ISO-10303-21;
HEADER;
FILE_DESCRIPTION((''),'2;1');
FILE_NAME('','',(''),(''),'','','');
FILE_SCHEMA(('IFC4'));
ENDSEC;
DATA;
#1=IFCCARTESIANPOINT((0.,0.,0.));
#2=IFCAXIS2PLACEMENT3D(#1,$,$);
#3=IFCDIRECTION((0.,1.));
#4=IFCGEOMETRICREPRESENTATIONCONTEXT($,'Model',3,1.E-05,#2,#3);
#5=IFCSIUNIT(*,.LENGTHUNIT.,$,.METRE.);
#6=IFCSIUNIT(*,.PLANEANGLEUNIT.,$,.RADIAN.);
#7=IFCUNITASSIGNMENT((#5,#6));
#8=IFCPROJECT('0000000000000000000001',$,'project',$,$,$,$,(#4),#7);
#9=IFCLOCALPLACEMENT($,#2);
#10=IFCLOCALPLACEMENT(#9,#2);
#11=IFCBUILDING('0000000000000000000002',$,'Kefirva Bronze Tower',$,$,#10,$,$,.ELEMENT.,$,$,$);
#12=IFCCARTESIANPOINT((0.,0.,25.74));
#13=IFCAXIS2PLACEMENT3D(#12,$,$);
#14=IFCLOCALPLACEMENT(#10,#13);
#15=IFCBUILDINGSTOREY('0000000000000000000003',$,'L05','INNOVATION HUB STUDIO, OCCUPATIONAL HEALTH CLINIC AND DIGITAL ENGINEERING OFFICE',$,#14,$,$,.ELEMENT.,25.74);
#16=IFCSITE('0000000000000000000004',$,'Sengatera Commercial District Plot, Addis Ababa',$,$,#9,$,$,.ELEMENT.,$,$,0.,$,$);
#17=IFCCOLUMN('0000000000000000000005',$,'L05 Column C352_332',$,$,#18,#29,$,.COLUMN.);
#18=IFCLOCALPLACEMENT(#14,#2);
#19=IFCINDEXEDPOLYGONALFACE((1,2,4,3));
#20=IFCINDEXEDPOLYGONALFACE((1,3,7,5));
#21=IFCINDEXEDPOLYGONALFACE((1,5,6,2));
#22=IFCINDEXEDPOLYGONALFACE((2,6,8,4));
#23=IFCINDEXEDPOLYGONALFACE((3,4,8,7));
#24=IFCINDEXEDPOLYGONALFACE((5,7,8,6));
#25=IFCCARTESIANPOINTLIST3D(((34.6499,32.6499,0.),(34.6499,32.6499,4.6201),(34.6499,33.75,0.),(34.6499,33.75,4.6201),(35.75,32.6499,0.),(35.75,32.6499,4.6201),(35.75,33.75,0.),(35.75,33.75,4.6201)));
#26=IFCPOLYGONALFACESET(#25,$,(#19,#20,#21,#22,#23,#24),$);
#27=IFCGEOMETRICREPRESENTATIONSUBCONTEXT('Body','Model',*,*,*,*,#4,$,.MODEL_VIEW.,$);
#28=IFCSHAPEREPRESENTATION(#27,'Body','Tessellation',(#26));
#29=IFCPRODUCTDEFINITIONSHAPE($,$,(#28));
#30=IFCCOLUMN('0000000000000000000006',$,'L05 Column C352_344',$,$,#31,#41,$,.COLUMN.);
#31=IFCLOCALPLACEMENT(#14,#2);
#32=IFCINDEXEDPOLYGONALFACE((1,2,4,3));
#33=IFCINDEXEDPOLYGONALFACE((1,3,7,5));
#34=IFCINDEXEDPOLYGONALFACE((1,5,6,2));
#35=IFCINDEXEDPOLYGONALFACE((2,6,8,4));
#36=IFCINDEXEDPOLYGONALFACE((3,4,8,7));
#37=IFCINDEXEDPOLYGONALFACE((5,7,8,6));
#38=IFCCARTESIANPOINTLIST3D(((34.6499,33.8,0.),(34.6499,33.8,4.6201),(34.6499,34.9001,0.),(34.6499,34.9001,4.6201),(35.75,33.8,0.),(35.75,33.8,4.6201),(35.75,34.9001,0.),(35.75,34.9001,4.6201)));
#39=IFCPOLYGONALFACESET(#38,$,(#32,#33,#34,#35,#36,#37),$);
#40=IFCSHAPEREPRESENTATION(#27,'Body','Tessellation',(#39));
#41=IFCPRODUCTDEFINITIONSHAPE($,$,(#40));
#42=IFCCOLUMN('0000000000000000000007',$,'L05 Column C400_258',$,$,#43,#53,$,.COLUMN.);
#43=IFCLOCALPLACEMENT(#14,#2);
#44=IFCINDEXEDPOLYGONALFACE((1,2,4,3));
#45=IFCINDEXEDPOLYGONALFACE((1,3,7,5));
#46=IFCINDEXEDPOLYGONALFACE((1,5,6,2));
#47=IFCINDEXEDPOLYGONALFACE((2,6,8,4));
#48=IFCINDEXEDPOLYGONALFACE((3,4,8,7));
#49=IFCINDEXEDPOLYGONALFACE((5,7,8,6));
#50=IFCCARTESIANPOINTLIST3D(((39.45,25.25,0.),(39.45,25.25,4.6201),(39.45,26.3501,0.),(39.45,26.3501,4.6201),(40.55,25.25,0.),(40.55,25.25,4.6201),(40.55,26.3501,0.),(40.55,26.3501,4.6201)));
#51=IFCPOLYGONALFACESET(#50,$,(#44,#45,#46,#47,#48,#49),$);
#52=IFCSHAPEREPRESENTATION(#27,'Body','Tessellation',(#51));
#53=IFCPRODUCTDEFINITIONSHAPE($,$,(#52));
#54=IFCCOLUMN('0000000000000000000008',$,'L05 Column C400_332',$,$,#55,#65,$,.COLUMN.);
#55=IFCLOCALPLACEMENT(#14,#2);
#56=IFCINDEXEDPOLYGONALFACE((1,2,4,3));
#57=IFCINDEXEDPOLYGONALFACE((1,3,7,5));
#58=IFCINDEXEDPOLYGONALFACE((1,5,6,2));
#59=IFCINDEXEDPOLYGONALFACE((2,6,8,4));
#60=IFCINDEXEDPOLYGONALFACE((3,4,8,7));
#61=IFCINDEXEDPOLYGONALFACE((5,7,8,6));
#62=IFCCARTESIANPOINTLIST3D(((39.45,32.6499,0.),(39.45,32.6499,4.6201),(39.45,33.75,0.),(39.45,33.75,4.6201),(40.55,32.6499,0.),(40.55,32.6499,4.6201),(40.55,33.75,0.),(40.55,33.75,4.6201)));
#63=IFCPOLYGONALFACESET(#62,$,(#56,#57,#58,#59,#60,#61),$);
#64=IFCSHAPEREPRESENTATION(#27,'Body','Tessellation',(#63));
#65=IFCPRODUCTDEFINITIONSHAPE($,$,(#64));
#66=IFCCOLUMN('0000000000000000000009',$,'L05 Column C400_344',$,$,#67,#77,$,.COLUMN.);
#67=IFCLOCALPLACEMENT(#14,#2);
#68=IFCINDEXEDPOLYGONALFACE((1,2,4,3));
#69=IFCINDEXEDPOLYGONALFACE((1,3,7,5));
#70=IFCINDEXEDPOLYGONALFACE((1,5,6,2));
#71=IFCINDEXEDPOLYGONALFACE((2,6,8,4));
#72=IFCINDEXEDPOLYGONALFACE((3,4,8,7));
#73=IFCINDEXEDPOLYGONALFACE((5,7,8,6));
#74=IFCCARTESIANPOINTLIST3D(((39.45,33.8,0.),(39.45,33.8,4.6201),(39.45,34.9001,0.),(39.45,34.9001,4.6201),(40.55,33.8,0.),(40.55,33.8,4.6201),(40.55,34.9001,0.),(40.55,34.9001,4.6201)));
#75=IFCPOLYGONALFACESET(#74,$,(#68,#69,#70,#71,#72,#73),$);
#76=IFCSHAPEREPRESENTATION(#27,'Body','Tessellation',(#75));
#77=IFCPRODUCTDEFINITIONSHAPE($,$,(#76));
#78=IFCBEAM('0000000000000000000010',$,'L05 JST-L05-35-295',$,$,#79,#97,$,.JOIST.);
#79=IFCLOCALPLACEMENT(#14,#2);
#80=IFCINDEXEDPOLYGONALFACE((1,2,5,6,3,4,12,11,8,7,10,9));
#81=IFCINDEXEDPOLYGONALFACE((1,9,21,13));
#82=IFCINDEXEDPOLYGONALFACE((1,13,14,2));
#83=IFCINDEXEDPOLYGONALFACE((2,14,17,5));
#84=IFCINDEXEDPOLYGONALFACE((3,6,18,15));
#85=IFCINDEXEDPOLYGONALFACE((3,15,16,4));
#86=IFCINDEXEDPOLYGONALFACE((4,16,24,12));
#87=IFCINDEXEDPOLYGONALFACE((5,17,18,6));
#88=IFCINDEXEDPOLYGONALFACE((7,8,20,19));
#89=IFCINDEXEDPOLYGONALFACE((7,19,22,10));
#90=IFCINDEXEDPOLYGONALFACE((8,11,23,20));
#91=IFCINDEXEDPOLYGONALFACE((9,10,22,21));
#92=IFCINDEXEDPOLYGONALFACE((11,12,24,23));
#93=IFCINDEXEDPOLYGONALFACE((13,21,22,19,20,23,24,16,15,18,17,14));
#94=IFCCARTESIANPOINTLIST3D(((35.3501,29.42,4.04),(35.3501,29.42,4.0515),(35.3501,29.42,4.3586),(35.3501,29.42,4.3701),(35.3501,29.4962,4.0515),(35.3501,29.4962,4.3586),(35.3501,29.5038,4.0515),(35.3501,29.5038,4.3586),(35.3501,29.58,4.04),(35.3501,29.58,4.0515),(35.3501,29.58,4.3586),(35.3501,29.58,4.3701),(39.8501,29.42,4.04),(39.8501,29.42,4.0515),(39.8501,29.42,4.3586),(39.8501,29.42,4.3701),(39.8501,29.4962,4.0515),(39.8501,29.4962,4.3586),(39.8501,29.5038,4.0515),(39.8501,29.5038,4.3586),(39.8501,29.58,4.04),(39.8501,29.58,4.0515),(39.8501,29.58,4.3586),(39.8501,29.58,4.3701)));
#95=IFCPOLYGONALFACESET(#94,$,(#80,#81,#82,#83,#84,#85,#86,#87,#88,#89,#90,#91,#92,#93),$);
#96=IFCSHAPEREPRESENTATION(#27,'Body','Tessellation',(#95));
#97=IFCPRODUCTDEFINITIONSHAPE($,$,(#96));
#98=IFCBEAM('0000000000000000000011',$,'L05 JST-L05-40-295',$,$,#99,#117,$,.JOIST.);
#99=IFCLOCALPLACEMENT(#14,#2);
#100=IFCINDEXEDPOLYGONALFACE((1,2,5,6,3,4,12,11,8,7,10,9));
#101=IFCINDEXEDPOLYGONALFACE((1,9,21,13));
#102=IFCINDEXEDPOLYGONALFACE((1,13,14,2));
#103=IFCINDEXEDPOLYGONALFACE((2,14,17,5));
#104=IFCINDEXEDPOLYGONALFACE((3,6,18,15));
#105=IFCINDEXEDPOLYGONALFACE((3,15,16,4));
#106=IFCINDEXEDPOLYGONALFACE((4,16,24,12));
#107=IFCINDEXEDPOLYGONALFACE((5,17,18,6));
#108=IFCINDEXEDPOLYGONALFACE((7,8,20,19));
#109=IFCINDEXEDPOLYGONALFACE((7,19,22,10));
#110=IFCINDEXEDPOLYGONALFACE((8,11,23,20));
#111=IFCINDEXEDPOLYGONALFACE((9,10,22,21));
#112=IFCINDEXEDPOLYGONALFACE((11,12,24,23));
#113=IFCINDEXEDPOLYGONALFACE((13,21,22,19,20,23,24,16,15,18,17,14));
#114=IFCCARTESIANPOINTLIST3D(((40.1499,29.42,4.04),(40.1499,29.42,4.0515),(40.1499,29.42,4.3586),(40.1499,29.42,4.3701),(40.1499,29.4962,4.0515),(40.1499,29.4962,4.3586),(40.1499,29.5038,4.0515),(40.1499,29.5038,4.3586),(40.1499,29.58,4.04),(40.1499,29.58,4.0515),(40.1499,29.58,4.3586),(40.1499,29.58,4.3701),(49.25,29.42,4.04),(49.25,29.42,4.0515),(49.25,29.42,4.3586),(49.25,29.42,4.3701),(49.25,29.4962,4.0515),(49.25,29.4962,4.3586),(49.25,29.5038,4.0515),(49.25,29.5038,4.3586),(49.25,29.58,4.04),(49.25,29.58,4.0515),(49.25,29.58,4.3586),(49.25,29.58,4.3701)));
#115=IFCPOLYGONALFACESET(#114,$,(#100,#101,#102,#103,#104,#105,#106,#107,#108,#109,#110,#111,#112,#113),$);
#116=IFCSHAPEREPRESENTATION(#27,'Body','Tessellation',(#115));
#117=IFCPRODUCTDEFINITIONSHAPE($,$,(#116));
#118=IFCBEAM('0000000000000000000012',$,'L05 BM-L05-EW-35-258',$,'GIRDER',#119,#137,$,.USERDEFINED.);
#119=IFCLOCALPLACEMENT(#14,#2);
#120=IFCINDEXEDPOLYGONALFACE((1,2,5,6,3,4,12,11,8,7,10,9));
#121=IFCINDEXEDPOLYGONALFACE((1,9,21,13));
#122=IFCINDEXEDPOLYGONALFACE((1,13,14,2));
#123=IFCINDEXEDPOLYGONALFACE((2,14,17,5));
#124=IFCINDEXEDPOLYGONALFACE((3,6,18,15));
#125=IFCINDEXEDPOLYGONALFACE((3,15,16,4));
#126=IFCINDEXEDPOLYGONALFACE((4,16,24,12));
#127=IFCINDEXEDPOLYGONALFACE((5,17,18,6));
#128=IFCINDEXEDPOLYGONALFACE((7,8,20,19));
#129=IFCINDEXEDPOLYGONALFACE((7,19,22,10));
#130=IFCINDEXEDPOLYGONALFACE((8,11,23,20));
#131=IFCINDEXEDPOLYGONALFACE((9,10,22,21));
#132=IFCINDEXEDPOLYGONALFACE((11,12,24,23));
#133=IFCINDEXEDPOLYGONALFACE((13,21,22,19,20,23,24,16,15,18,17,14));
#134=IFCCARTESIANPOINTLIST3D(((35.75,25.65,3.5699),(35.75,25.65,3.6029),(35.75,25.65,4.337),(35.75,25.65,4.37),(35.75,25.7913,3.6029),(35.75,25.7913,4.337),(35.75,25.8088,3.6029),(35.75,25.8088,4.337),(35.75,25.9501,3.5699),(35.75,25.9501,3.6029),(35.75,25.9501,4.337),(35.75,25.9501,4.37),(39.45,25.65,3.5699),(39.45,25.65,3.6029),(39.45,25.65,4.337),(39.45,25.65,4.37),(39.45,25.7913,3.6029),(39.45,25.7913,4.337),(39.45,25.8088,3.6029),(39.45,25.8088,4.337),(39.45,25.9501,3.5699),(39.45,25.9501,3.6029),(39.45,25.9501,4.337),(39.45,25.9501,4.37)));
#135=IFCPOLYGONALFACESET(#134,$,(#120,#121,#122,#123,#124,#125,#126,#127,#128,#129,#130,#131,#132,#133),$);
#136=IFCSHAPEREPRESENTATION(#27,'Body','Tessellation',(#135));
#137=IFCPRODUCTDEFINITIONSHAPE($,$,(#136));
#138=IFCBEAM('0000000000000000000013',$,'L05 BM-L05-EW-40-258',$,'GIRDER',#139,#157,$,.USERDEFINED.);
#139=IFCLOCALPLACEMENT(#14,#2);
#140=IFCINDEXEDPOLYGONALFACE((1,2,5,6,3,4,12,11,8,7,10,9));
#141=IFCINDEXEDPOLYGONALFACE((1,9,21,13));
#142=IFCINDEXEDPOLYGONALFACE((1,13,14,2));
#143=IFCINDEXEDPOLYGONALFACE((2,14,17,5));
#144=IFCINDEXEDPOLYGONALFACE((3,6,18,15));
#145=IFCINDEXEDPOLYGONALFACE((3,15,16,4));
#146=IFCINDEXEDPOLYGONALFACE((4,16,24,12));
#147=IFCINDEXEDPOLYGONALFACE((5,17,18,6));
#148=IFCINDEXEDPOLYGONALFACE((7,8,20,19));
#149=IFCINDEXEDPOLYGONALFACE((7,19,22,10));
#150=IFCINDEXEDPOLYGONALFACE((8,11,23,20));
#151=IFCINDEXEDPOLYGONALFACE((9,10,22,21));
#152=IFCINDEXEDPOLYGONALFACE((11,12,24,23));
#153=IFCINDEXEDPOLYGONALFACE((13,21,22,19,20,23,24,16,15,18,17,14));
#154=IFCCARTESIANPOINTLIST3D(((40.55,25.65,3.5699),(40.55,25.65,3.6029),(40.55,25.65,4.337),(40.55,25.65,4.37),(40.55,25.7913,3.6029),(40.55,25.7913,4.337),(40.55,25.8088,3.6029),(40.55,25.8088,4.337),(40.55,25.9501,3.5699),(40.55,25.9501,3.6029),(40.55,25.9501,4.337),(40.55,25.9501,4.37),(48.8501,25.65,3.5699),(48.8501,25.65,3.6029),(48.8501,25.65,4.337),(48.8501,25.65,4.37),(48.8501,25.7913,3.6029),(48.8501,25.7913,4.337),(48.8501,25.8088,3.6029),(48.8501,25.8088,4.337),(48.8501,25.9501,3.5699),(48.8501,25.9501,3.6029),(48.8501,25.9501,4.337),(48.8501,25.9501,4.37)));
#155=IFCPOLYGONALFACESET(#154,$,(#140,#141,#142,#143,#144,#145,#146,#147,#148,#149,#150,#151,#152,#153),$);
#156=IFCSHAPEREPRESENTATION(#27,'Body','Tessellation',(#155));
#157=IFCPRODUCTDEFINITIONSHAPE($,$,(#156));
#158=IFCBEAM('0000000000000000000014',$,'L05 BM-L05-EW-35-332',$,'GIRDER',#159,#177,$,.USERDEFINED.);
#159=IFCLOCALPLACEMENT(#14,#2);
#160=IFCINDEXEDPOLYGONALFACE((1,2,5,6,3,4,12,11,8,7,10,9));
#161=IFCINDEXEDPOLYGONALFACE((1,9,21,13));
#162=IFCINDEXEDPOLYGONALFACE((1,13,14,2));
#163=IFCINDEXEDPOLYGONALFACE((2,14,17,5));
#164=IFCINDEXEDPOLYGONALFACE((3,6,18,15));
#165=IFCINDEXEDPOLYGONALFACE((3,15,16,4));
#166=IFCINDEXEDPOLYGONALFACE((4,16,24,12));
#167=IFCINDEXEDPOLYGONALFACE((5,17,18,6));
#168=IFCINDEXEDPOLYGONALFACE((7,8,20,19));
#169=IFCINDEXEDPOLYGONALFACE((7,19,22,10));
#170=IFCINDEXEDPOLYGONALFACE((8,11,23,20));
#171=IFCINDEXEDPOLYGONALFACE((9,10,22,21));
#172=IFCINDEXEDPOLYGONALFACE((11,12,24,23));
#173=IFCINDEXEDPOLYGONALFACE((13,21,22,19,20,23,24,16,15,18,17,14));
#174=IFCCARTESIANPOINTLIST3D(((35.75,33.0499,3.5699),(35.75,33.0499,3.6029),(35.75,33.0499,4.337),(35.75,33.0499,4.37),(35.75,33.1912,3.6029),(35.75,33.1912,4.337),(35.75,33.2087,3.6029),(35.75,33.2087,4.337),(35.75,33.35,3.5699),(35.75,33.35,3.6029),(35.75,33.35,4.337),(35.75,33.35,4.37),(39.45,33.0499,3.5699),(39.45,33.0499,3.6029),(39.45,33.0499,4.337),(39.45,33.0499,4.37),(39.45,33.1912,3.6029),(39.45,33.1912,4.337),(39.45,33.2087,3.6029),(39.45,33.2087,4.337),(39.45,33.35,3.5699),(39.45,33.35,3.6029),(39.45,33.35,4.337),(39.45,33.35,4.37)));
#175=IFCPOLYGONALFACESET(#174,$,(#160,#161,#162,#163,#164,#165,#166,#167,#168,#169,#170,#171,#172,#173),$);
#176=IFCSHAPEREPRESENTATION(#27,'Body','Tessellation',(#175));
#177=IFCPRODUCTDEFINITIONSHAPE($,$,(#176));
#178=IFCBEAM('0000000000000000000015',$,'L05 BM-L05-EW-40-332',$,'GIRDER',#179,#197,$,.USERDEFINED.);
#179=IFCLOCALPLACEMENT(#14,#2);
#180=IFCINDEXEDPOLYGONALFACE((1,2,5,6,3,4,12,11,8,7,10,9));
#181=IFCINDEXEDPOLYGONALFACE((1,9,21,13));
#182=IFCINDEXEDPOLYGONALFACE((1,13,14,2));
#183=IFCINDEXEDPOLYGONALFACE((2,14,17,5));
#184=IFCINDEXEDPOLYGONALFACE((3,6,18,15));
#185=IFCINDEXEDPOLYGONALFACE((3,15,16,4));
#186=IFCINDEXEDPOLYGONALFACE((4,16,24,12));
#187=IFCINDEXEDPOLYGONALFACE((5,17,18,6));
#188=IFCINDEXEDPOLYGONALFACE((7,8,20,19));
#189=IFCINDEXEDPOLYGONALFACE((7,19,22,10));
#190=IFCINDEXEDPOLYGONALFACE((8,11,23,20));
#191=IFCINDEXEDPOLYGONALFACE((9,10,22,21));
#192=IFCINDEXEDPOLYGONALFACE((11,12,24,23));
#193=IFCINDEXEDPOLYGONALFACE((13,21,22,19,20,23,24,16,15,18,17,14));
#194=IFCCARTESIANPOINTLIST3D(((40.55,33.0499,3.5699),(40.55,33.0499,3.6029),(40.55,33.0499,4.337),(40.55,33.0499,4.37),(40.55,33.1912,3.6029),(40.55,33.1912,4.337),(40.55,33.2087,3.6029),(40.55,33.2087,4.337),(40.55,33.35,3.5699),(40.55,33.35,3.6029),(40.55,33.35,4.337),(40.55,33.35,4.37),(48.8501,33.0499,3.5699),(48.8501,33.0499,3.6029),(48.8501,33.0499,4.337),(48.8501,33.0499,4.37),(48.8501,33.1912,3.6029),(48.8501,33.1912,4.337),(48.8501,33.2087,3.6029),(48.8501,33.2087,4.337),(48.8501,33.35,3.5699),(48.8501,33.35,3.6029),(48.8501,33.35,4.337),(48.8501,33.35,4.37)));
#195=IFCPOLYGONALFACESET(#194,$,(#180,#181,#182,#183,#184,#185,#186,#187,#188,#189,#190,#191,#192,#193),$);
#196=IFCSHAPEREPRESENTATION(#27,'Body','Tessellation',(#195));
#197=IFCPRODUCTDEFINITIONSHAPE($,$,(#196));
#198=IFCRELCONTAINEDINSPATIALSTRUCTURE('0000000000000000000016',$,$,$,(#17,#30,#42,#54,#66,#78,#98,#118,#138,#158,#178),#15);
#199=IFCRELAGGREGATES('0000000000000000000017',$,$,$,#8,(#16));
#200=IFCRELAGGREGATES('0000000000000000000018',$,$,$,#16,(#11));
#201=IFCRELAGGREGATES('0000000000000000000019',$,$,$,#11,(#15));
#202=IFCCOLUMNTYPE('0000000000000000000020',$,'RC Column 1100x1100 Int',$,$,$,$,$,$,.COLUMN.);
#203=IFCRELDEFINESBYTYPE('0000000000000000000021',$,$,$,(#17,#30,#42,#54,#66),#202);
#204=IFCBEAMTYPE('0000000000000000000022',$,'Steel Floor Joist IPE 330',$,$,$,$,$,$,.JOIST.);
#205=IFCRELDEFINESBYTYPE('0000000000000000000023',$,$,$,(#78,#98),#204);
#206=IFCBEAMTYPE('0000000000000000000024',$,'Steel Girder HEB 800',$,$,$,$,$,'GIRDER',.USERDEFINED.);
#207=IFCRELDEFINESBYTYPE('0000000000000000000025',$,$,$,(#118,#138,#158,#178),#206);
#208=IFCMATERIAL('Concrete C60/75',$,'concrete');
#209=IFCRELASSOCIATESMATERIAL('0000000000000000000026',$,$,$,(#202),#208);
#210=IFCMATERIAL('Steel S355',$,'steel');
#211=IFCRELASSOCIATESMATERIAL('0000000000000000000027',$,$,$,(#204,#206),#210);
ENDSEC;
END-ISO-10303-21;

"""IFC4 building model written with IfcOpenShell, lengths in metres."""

from ifc_helpers import new_model, si_unit, direction, frame, origin, origin_2d, place, context, subcontext, project, spatial, rectangle, i_section, extrude, material, material_profile, profile_set, type_object, element, save


model = new_model("IFC4")

# Units and contexts
model_context = context("Model", 3, precision=1e-05, world=origin(), true_north=direction((0.0, 1.0)))
body_context = subcontext(model_context, "Body", "Model", "MODEL_VIEW")
ifc_project = project(units=[si_unit("LENGTHUNIT", "METRE"), si_unit("PLANEANGLEUNIT", "RADIAN")], contexts=[model_context])

# Site, building, storey
site_placement = place(None, origin())
site = spatial("IfcSite", under=ifc_project, at=site_placement, Name="Sengatera Commercial District Plot, Addis Ababa", CompositionType="ELEMENT", RefElevation=0.0)
building_placement = place(site_placement, origin())
building = spatial("IfcBuilding", under=site, at=building_placement, Name="Kefirva Bronze Tower", CompositionType="ELEMENT")
storey_placement = place(building_placement, frame((0.0, 0.0, 25.74)))
storey = spatial("IfcBuildingStorey", under=building, at=storey_placement, Name="L05", Description="INNOVATION HUB STUDIO, OCCUPATIONAL HEALTH CLINIC AND DIGITAL ENGINEERING OFFICE", CompositionType="ELEMENT", Elevation=25.74)

# Columns
ifc_material_1 = material(Name="Concrete C60/75", Category="concrete")
ifc_material_profile_1 = material_profile(ifc_material_1, rectangle(XDim=1.1001, YDim=1.1001, at=origin_2d()), Name="RC 1100x1100")
ifc_profile_set_1 = profile_set([ifc_material_profile_1], Name="Concrete C60/75")
column_type = type_object("IfcColumnType", Name="RC Column 1100x1100 Int", PredefinedType="COLUMN", material=ifc_profile_set_1)
for number, where, z_axis, x_axis, name in (
    (1, (35.2, 33.2, 0.0), (0.0, 0.0, 1.0), (1.0, 0.0, 0.0), "L05 Column C352_332"),
    (2, (35.2, 34.3501, 0.0), (0.0, 0.0, 1.0), (1.0, 0.0, 0.0), "L05 Column C352_344"),
    (3, (40.0, 25.8, 0.0), (0.0, 0.0, 1.0), (1.0, 0.0, 0.0), "L05 Column C400_258"),
    (4, (40.0, 33.2, 0.0), (0.0, 0.0, 1.0), (1.0, 0.0, 0.0), "L05 Column C400_332"),
    (5, (40.0, 34.3501, 0.0), (0.0, 0.0, 1.0), (1.0, 0.0, 0.0), "L05 Column C400_344"),
):
    element("IfcColumn", number, at=place(storey_placement, frame(where, z_axis=z_axis, x_axis=x_axis)), inside=storey, type_object=column_type, Name=name, PredefinedType="COLUMN", context=body_context, shape_type="SweptSolid", body=[
        extrude(rectangle(XDim=1.1001, YDim=1.1001, at=origin_2d()), origin(), (0.0, 0.0, 1.0), 4.6201),
    ])

# Beams
ifc_material_2 = material(Name="Steel S355", Category="steel")
ifc_material_profile_2 = material_profile(ifc_material_2, i_section(OverallWidth=0.1599, OverallDepth=0.3301, WebThickness=0.0076, FlangeThickness=0.0115, at=origin_2d()), Name="IPE 330")
ifc_profile_set_2 = profile_set([ifc_material_profile_2], Name="Steel S355")
beam_type_1 = type_object("IfcBeamType", Name="Steel Floor Joist IPE 330", PredefinedType="JOIST", material=ifc_profile_set_2)
beam_1_placement = place(storey_placement, frame((35.3501, 29.5, 4.2051), z_axis=(1.0, 0.0, 0.0), x_axis=(0.0, 1.0, 0.0)))
element("IfcBeam", 6, at=beam_1_placement, inside=storey, type_object=beam_type_1, Name="L05 JST-L05-35-295", PredefinedType="JOIST", context=body_context, shape_type="SweptSolid", body=[
    extrude(i_section(OverallWidth=0.1599, OverallDepth=0.3301, WebThickness=0.0076, FlangeThickness=0.0115, at=origin_2d()), origin(), (0.0, 0.0, 1.0), 4.5),
])
beam_2_placement = place(storey_placement, frame((40.1499, 29.5, 4.2051), z_axis=(1.0, 0.0, 0.0), x_axis=(0.0, 1.0, 0.0)))
element("IfcBeam", 7, at=beam_2_placement, inside=storey, type_object=beam_type_1, Name="L05 JST-L05-40-295", PredefinedType="JOIST", context=body_context, shape_type="SweptSolid", body=[
    extrude(i_section(OverallWidth=0.1599, OverallDepth=0.3301, WebThickness=0.0076, FlangeThickness=0.0115, at=origin_2d()), origin(), (0.0, 0.0, 1.0), 9.1001),
])
ifc_material_profile_3 = material_profile(ifc_material_2, i_section(OverallWidth=0.3, OverallDepth=0.8, WebThickness=0.0176, FlangeThickness=0.033, at=origin_2d()), Name="HEB 800")
ifc_profile_set_3 = profile_set([ifc_material_profile_3], Name="Steel S355")
beam_type_2 = type_object("IfcBeamType", Name="Steel Girder HEB 800", ElementType="GIRDER", PredefinedType="USERDEFINED", material=ifc_profile_set_3)
beam_3_placement = place(storey_placement, frame((35.75, 25.8, 3.97), z_axis=(1.0, 0.0, 0.0), x_axis=(0.0, 1.0, 0.0)))
element("IfcBeam", 8, at=beam_3_placement, inside=storey, type_object=beam_type_2, Name="L05 BM-L05-EW-35-258", ObjectType="GIRDER", PredefinedType="USERDEFINED", context=body_context, shape_type="SweptSolid", body=[
    extrude(i_section(OverallWidth=0.3, OverallDepth=0.8, WebThickness=0.0176, FlangeThickness=0.033, at=origin_2d()), origin(), (0.0, 0.0, 1.0), 3.7),
])
beam_4_placement = place(storey_placement, frame((40.55, 25.8, 3.97), z_axis=(1.0, 0.0, 0.0), x_axis=(0.0, 1.0, 0.0)))
element("IfcBeam", 9, at=beam_4_placement, inside=storey, type_object=beam_type_2, Name="L05 BM-L05-EW-40-258", ObjectType="GIRDER", PredefinedType="USERDEFINED", context=body_context, shape_type="SweptSolid", body=[
    extrude(i_section(OverallWidth=0.3, OverallDepth=0.8, WebThickness=0.0176, FlangeThickness=0.033, at=origin_2d()), origin(), (0.0, 0.0, 1.0), 8.3),
])
beam_5_placement = place(storey_placement, frame((35.75, 33.2, 3.97), z_axis=(1.0, 0.0, 0.0), x_axis=(0.0, 1.0, 0.0)))
element("IfcBeam", 10, at=beam_5_placement, inside=storey, type_object=beam_type_2, Name="L05 BM-L05-EW-35-332", ObjectType="GIRDER", PredefinedType="USERDEFINED", context=body_context, shape_type="SweptSolid", body=[
    extrude(i_section(OverallWidth=0.3, OverallDepth=0.8, WebThickness=0.0176, FlangeThickness=0.033, at=origin_2d()), origin(), (0.0, 0.0, 1.0), 3.7),
])
beam_6_placement = place(storey_placement, frame((40.55, 33.2, 3.97), z_axis=(1.0, 0.0, 0.0), x_axis=(0.0, 1.0, 0.0)))
element("IfcBeam", 11, at=beam_6_placement, inside=storey, type_object=beam_type_2, Name="L05 BM-L05-EW-40-332", ObjectType="GIRDER", PredefinedType="USERDEFINED", context=body_context, shape_type="SweptSolid", body=[
    extrude(i_section(OverallWidth=0.3, OverallDepth=0.8, WebThickness=0.0176, FlangeThickness=0.033, at=origin_2d()), origin(), (0.0, 0.0, 1.0), 8.3),
])

save(model, "model.ifc")
